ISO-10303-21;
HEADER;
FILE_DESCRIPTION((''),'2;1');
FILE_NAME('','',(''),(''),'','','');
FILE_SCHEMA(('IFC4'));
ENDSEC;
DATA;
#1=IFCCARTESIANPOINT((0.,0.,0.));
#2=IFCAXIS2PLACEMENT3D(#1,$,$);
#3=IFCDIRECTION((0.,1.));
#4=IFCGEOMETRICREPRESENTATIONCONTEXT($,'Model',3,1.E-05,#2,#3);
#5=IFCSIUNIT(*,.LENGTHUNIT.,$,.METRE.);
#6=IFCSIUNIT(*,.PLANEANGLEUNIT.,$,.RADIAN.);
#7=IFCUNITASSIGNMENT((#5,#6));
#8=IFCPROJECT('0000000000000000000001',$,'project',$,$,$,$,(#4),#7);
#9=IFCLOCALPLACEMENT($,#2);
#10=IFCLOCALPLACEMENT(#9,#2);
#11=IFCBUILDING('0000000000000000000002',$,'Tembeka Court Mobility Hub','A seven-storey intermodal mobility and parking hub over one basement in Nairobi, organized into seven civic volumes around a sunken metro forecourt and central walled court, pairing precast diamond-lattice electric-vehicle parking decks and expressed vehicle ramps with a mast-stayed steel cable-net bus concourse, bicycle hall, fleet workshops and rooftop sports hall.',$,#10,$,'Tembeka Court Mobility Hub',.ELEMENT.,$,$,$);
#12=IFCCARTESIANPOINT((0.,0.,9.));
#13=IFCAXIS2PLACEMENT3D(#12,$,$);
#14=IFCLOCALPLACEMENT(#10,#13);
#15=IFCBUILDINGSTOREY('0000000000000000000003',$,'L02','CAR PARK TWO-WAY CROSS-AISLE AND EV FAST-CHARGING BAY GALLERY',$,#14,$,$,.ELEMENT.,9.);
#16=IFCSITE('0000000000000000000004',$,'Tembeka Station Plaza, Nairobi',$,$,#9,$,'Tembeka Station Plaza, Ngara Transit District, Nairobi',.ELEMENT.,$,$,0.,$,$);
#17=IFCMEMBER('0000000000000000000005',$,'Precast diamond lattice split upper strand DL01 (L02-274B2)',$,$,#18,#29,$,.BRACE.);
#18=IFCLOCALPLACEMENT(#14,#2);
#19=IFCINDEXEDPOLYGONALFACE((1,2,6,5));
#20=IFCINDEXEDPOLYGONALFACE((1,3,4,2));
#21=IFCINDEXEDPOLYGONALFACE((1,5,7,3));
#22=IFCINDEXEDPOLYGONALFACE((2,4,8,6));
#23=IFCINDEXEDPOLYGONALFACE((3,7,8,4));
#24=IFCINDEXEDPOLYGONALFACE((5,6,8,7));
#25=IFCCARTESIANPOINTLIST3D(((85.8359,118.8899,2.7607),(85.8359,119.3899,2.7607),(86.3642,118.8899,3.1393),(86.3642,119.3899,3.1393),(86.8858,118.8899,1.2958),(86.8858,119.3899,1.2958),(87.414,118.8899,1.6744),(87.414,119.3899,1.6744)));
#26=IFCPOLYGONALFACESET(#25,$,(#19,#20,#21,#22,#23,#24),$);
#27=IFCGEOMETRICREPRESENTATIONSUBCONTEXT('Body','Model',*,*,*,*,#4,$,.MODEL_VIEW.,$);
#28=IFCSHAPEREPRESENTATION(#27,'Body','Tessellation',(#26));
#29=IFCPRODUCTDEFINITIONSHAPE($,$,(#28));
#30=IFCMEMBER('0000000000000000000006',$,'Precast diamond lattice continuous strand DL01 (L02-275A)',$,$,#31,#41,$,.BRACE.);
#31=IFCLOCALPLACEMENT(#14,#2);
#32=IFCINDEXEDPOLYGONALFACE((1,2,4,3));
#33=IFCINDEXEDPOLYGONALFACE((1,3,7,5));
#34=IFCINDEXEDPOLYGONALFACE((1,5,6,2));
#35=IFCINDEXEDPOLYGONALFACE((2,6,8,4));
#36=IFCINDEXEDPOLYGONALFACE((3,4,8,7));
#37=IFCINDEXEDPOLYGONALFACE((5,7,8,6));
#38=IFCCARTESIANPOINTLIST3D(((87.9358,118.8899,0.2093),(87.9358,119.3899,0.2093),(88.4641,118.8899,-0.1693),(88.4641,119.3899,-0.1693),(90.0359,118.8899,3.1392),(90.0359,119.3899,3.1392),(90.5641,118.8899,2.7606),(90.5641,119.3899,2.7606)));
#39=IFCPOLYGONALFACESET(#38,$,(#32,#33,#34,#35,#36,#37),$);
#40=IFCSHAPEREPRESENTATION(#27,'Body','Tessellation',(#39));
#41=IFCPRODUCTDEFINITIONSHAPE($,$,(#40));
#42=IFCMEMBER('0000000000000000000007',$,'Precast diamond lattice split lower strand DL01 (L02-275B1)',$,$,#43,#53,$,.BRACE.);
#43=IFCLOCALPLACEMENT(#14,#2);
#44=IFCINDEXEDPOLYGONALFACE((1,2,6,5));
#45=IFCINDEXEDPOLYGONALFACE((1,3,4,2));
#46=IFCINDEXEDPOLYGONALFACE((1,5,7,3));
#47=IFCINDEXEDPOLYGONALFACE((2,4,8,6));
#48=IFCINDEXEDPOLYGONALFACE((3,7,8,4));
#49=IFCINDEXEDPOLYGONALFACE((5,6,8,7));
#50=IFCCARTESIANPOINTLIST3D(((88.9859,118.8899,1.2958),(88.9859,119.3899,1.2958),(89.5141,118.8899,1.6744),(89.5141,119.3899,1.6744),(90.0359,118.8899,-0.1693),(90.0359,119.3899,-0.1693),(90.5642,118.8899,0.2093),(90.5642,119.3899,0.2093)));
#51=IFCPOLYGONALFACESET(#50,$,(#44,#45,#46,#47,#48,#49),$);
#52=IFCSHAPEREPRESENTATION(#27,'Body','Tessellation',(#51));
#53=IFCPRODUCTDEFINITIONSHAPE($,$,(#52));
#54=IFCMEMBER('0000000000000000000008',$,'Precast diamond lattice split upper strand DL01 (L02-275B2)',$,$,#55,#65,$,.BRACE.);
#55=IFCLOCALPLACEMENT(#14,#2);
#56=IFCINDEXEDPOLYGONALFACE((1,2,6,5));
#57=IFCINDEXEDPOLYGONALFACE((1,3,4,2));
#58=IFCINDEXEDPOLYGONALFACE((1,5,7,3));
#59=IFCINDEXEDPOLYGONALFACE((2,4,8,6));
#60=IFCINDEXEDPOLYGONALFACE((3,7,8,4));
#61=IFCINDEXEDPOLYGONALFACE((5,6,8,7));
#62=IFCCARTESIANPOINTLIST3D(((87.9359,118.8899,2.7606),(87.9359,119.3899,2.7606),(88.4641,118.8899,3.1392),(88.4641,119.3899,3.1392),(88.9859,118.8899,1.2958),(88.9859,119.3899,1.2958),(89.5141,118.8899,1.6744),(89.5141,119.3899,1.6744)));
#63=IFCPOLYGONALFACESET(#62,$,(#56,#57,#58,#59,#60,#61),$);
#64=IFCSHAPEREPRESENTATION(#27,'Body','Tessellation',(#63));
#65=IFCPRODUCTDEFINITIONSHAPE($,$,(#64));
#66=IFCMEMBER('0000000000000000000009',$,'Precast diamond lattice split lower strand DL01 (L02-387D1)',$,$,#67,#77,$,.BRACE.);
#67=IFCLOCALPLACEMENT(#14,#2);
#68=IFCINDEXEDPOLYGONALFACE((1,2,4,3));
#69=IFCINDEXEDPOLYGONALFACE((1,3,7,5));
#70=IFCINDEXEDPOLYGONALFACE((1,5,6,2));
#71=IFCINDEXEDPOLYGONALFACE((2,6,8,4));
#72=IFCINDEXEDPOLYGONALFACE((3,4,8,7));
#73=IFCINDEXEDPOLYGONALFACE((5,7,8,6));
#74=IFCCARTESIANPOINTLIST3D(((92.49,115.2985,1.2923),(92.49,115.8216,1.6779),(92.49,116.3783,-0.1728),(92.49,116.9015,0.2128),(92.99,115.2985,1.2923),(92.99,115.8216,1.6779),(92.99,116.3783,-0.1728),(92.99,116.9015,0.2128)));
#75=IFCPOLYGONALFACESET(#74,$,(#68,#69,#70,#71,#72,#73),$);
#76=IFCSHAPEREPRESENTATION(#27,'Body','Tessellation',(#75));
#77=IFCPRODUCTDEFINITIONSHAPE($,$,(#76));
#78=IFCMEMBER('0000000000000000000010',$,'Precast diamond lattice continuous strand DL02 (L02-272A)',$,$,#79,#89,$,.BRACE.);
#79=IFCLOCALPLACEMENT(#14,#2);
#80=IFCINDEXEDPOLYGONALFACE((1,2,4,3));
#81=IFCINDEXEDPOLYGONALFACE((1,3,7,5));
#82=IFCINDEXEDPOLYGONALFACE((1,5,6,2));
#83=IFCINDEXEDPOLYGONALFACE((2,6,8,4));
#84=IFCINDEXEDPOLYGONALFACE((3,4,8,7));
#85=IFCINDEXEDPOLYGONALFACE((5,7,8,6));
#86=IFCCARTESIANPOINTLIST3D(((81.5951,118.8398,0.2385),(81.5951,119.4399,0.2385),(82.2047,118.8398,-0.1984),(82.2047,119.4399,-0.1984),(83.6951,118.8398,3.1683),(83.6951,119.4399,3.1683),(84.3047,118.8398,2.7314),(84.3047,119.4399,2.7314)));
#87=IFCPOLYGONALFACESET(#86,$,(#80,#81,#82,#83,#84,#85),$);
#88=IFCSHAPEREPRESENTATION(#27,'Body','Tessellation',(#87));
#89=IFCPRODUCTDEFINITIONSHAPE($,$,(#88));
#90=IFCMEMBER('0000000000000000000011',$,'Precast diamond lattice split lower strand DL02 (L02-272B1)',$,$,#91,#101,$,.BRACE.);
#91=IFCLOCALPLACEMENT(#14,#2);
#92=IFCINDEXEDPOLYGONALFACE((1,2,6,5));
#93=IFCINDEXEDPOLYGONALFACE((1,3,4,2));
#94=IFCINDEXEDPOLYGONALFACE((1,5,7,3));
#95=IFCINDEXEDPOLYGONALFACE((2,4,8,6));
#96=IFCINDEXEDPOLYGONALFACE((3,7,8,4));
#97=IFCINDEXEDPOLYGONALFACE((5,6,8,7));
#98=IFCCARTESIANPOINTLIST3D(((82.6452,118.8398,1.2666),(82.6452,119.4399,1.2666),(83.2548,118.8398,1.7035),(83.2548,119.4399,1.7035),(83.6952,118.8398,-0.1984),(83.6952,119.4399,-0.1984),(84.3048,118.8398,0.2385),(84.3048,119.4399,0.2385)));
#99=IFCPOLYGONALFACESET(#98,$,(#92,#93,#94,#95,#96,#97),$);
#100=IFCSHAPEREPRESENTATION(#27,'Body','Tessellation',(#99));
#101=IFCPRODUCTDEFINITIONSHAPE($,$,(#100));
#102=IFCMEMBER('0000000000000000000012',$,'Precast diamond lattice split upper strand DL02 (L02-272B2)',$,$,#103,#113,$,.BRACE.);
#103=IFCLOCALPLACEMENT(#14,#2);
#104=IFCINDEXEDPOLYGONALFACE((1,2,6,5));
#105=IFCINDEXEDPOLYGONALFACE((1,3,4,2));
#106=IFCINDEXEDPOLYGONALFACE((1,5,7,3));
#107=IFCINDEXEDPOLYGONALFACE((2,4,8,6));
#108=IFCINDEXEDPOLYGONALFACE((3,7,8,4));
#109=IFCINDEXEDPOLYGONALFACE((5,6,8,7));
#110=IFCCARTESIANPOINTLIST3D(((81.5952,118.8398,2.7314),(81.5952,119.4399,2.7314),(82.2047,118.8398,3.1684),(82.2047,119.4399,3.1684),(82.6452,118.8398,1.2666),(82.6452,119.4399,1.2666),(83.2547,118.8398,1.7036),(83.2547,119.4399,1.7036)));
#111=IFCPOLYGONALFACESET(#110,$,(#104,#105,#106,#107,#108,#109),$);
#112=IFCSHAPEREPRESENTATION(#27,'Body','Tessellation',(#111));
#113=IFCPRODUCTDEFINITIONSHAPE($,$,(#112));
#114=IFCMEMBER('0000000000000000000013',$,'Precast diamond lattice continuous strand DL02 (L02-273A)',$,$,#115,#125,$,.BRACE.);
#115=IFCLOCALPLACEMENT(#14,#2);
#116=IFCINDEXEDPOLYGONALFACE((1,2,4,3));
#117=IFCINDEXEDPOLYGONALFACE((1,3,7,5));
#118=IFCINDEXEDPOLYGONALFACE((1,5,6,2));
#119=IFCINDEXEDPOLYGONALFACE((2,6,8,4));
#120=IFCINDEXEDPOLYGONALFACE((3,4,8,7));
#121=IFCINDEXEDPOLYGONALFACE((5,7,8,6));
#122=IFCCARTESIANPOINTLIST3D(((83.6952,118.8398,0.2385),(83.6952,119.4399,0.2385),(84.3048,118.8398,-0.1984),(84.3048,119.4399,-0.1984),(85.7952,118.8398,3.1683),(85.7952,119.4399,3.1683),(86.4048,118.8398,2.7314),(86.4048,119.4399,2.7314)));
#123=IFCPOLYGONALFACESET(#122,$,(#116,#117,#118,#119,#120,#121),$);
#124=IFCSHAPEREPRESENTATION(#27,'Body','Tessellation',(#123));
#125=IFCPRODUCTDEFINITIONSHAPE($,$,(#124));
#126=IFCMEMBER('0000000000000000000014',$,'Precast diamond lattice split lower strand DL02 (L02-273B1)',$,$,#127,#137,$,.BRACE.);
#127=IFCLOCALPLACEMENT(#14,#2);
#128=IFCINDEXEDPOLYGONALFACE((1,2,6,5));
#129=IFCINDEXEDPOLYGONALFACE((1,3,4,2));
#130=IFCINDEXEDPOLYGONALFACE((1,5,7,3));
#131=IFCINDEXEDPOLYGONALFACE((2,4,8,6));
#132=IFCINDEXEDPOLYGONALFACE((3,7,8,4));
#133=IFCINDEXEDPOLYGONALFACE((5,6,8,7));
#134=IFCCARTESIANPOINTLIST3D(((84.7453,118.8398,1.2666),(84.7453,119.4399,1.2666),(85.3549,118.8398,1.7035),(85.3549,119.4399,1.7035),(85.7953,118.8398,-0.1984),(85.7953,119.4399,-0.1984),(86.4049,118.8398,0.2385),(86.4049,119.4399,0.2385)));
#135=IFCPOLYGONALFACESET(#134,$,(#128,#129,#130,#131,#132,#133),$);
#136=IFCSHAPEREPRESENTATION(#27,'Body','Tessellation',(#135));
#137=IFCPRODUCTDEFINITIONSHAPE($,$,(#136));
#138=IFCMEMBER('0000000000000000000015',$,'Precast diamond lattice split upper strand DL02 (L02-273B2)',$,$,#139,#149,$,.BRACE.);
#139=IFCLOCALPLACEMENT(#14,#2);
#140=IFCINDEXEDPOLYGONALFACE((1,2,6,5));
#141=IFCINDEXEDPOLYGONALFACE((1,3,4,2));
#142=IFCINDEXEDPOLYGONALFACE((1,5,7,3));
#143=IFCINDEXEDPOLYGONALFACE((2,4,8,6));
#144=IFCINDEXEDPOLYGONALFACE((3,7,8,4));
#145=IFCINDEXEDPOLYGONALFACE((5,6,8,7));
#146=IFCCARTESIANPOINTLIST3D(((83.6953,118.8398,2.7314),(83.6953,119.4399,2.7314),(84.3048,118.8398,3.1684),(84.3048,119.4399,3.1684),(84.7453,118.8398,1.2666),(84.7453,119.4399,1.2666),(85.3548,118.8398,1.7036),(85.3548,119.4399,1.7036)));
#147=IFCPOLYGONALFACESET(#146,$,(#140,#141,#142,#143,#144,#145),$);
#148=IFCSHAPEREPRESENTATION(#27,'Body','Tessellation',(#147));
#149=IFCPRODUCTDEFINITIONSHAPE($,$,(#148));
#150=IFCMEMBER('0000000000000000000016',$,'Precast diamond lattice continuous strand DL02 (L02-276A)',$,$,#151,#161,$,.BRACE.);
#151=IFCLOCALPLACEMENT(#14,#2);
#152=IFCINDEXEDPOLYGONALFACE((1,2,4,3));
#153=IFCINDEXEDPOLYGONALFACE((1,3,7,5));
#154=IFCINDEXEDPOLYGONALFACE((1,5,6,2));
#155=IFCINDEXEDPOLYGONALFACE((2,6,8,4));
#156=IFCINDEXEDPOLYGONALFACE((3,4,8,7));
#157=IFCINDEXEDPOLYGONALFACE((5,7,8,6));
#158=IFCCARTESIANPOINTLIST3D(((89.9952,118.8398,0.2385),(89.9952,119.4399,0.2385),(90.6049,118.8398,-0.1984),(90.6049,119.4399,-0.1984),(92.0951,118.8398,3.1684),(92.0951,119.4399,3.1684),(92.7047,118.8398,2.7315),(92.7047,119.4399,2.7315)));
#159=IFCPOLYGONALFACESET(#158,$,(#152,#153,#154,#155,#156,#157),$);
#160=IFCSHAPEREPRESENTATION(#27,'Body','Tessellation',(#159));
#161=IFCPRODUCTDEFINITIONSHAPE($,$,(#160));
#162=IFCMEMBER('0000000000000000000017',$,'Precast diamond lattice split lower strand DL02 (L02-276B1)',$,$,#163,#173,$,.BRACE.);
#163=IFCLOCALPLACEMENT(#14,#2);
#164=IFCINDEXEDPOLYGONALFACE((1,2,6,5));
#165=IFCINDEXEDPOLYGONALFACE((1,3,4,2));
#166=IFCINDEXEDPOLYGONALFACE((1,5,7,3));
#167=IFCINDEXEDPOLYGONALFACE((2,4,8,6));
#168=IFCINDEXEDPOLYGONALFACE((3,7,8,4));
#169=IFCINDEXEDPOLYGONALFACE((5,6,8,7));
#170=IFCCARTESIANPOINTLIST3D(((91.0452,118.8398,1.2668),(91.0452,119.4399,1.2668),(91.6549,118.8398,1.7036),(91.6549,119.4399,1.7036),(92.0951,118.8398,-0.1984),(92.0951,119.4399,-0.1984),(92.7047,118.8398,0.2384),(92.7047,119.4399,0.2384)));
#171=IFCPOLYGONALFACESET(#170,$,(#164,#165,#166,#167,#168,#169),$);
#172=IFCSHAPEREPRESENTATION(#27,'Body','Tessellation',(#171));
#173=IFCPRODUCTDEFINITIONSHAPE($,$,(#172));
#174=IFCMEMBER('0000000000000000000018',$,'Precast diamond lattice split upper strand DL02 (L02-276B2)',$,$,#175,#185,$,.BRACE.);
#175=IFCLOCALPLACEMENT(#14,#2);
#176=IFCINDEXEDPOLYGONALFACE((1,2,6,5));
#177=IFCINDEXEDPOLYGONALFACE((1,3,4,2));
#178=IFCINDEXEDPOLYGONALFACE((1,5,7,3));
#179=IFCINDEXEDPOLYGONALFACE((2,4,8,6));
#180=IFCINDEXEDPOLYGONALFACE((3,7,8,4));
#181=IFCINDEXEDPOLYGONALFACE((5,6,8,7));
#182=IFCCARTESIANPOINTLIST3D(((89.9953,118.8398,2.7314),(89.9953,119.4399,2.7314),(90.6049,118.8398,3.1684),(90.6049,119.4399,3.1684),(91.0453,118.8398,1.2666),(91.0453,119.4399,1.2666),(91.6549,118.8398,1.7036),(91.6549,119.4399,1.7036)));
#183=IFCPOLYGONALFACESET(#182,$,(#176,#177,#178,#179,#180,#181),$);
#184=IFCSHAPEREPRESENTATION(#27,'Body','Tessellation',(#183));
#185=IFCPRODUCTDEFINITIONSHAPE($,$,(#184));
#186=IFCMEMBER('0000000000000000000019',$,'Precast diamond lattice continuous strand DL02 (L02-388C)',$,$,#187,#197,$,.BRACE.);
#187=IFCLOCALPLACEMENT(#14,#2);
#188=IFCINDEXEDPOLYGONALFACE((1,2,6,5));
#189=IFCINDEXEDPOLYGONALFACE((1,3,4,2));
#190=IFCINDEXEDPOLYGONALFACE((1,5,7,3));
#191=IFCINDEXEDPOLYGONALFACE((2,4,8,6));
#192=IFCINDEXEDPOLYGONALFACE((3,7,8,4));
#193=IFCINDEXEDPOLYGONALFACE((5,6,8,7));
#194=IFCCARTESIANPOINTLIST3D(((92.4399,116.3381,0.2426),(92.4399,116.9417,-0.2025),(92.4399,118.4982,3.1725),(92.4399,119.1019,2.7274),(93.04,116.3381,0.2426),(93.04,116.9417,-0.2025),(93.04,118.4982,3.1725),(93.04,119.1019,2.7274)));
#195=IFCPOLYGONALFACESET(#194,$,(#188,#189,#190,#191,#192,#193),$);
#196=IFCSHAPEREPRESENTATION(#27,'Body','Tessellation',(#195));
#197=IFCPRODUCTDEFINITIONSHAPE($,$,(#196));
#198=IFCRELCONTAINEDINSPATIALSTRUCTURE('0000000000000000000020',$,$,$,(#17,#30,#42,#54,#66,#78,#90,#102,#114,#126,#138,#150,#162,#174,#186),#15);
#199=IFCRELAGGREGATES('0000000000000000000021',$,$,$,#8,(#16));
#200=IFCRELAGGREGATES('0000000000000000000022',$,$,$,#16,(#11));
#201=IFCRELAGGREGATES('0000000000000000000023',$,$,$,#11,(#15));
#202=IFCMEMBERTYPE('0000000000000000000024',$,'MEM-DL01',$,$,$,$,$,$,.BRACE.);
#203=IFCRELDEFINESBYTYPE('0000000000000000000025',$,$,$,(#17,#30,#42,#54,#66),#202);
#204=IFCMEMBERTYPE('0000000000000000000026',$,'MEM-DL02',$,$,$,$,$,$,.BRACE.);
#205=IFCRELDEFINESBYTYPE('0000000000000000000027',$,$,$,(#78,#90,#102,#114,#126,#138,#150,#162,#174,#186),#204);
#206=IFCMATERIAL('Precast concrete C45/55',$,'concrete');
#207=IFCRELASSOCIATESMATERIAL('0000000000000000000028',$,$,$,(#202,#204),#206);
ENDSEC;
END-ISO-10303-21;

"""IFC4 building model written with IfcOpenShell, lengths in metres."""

from ifc_helpers import new_model, si_unit, direction, frame, origin, origin_2d, place, context, subcontext, project, spatial, rectangle, extrude, material, material_profile, profile_set, type_object, element, save


model = new_model("IFC4")

# Units and contexts
model_context = context("Model", 3, precision=1e-05, world=origin(), true_north=direction((0.0, 1.0)))
body_context = subcontext(model_context, "Body", "Model", "MODEL_VIEW")
ifc_project = project(units=[si_unit("LENGTHUNIT", "METRE"), si_unit("PLANEANGLEUNIT", "RADIAN")], contexts=[model_context])

# Site, building, storey
site_placement = place(None, origin())
site = spatial("IfcSite", under=ifc_project, at=site_placement, Name="Tembeka Station Plaza, Nairobi", LongName="Tembeka Station Plaza, Ngara Transit District, Nairobi", CompositionType="ELEMENT", RefElevation=0.0)
building_placement = place(site_placement, origin())
building = spatial("IfcBuilding", under=site, at=building_placement, Name="Tembeka Court Mobility Hub", Description="A seven-storey intermodal mobility and parking hub over one basement in Nairobi, organized into seven civic volumes around a sunken metro forecourt and central walled court, pairing precast diamond-lattice electric-vehicle parking decks and expressed vehicle ramps with a mast-stayed steel cable-net bus concourse, bicycle hall, fleet workshops and rooftop sports hall.", LongName="Tembeka Court Mobility Hub", CompositionType="ELEMENT")
storey_placement = place(building_placement, frame((0.0, 0.0, 9.0)))
storey = spatial("IfcBuildingStorey", under=building, at=storey_placement, Name="L02", Description="CAR PARK TWO-WAY CROSS-AISLE AND EV FAST-CHARGING BAY GALLERY", CompositionType="ELEMENT", Elevation=9.0)

# Shared definitions
ifc_material_1 = material(Name="Precast concrete C45/55", Category="concrete")

# Members
ifc_material_profile_1 = material_profile(ifc_material_1, rectangle(XDim=0.5, YDim=0.6499, at=origin_2d()), Name="PC-DIAG 500x650")
ifc_profile_set_1 = profile_set([ifc_material_profile_1], Name="Precast concrete C45/55")
member_type_1 = type_object("IfcMemberType", Name="MEM-DL01", PredefinedType="BRACE", material=ifc_profile_set_1)
member_1_placement = place(storey_placement, frame((87.1499, 119.1399, 1.4851), z_axis=(-0.582519, 0.0, 0.812817), x_axis=(0.0, -1.0, 0.0)))
element("IfcMember", 1, at=member_1_placement, inside=storey, type_object=member_type_1, Name="Precast diamond lattice split upper strand DL01 (L02-274B2)", PredefinedType="BRACE", context=body_context, shape_type="SweptSolid", body=[
    extrude(rectangle(XDim=0.5, YDim=0.6499, at=origin_2d()), origin(), (0.0, 0.0, 1.0), 1.8022),
])
member_2_placement = place(storey_placement, frame((88.2, 119.1399, 0.02), z_axis=(0.582576, 0.0, 0.812776), x_axis=(0.0, 1.0, 0.0)))
element("IfcMember", 2, at=member_2_placement, inside=storey, type_object=member_type_1, Name="Precast diamond lattice continuous strand DL01 (L02-275A)", PredefinedType="BRACE", context=body_context, shape_type="SweptSolid", body=[
    extrude(rectangle(XDim=0.5, YDim=0.6499, at=origin_2d()), origin(), (0.0, 0.0, 1.0), 3.6047),
])
member_3_placement = place(storey_placement, frame((90.3, 119.1399, 0.02), z_axis=(-0.582544, 0.0, 0.812799), x_axis=(0.0, -1.0, 0.0)))
element("IfcMember", 3, at=member_3_placement, inside=storey, type_object=member_type_1, Name="Precast diamond lattice split lower strand DL01 (L02-275B1)", PredefinedType="BRACE", context=body_context, shape_type="SweptSolid", body=[
    extrude(rectangle(XDim=0.5, YDim=0.6499, at=origin_2d()), origin(), (0.0, 0.0, 1.0), 1.8025),
])
member_4_placement = place(storey_placement, frame((89.25, 119.1399, 1.4851), z_axis=(-0.582608, 0.0, 0.812753), x_axis=(0.0, -1.0, 0.0)))
element("IfcMember", 4, at=member_4_placement, inside=storey, type_object=member_type_1, Name="Precast diamond lattice split upper strand DL01 (L02-275B2)", PredefinedType="BRACE", context=body_context, shape_type="SweptSolid", body=[
    extrude(rectangle(XDim=0.5, YDim=0.6499, at=origin_2d()), origin(), (0.0, 0.0, 1.0), 1.8022),
])
member_5_placement = place(storey_placement, frame((92.74, 116.6399, 0.02), z_axis=(0.0, -0.593304, 0.804978), x_axis=(1.0, 0.0, 0.0)))
element("IfcMember", 5, at=member_5_placement, inside=storey, type_object=member_type_1, Name="Precast diamond lattice split lower strand DL01 (L02-387D1)", PredefinedType="BRACE", context=body_context, shape_type="SweptSolid", body=[
    extrude(rectangle(XDim=0.5, YDim=0.6499, at=origin_2d()), origin(), (0.0, 0.0, 1.0), 1.8201),
])
ifc_material_profile_2 = material_profile(ifc_material_1, rectangle(XDim=0.6001, YDim=0.75, at=origin_2d()), Name="PC-DIAG 600x750")
ifc_profile_set_2 = profile_set([ifc_material_profile_2], Name="Precast concrete C45/55")
member_type_2 = type_object("IfcMemberType", Name="MEM-DL02", PredefinedType="BRACE", material=ifc_profile_set_2)
member_6_placement = place(storey_placement, frame((81.8999, 119.1399, 0.02), z_axis=(0.582576, 0.0, 0.812776), x_axis=(0.0, 1.0, 0.0)))
element("IfcMember", 6, at=member_6_placement, inside=storey, type_object=member_type_2, Name="Precast diamond lattice continuous strand DL02 (L02-272A)", PredefinedType="BRACE", context=body_context, shape_type="SweptSolid", body=[
    extrude(rectangle(XDim=0.6001, YDim=0.75, at=origin_2d()), origin(), (0.0, 0.0, 1.0), 3.6047),
])
member_7_placement = place(storey_placement, frame((84.0, 119.1399, 0.02), z_axis=(-0.582544, 0.0, 0.812799), x_axis=(0.0, -1.0, 0.0)))
element("IfcMember", 7, at=member_7_placement, inside=storey, type_object=member_type_2, Name="Precast diamond lattice split lower strand DL02 (L02-272B1)", PredefinedType="BRACE", context=body_context, shape_type="SweptSolid", body=[
    extrude(rectangle(XDim=0.6001, YDim=0.75, at=origin_2d()), origin(), (0.0, 0.0, 1.0), 1.8025),
])
member_8_placement = place(storey_placement, frame((82.95, 119.1399, 1.4851), z_axis=(-0.582608, 0.0, 0.812753), x_axis=(0.0, -1.0, 0.0)))
element("IfcMember", 8, at=member_8_placement, inside=storey, type_object=member_type_2, Name="Precast diamond lattice split upper strand DL02 (L02-272B2)", PredefinedType="BRACE", context=body_context, shape_type="SweptSolid", body=[
    extrude(rectangle(XDim=0.6001, YDim=0.75, at=origin_2d()), origin(), (0.0, 0.0, 1.0), 1.8022),
])
member_9_placement = place(storey_placement, frame((84.0, 119.1399, 0.02), z_axis=(0.582576, 0.0, 0.812776), x_axis=(0.0, 1.0, 0.0)))
element("IfcMember", 9, at=member_9_placement, inside=storey, type_object=member_type_2, Name="Precast diamond lattice continuous strand DL02 (L02-273A)", PredefinedType="BRACE", context=body_context, shape_type="SweptSolid", body=[
    extrude(rectangle(XDim=0.6001, YDim=0.75, at=origin_2d()), origin(), (0.0, 0.0, 1.0), 3.6047),
])
member_10_placement = place(storey_placement, frame((86.1001, 119.1399, 0.02), z_axis=(-0.582544, 0.0, 0.812799), x_axis=(0.0, -1.0, 0.0)))
element("IfcMember", 10, at=member_10_placement, inside=storey, type_object=member_type_2, Name="Precast diamond lattice split lower strand DL02 (L02-273B1)", PredefinedType="BRACE", context=body_context, shape_type="SweptSolid", body=[
    extrude(rectangle(XDim=0.6001, YDim=0.75, at=origin_2d()), origin(), (0.0, 0.0, 1.0), 1.8025),
])
member_11_placement = place(storey_placement, frame((85.05, 119.1399, 1.4851), z_axis=(-0.582608, 0.0, 0.812753), x_axis=(0.0, -1.0, 0.0)))
element("IfcMember", 11, at=member_11_placement, inside=storey, type_object=member_type_2, Name="Precast diamond lattice split upper strand DL02 (L02-273B2)", PredefinedType="BRACE", context=body_context, shape_type="SweptSolid", body=[
    extrude(rectangle(XDim=0.6001, YDim=0.75, at=origin_2d()), origin(), (0.0, 0.0, 1.0), 1.8022),
])
member_12_placement = place(storey_placement, frame((90.3, 119.1399, 0.02), z_axis=(0.582532, 0.0, 0.812808), x_axis=(0.0, 1.0, 0.0)))
element("IfcMember", 12, at=member_12_placement, inside=storey, type_object=member_type_2, Name="Precast diamond lattice continuous strand DL02 (L02-276A)", PredefinedType="BRACE", context=body_context, shape_type="SweptSolid", body=[
    extrude(rectangle(XDim=0.6001, YDim=0.75, at=origin_2d()), origin(), (0.0, 0.0, 1.0), 3.6047),
])
member_13_placement = place(storey_placement, frame((92.3999, 119.1399, 0.02), z_axis=(-0.582455, 0.0, 0.812863), x_axis=(0.0, -1.0, 0.0)))
element("IfcMember", 13, at=member_13_placement, inside=storey, type_object=member_type_2, Name="Precast diamond lattice split lower strand DL02 (L02-276B1)", PredefinedType="BRACE", context=body_context, shape_type="SweptSolid", body=[
    extrude(rectangle(XDim=0.6001, YDim=0.75, at=origin_2d()), origin(), (0.0, 0.0, 1.0), 1.8025),
])
member_14_placement = place(storey_placement, frame((91.3501, 119.1399, 1.4851), z_axis=(-0.582608, 0.0, 0.812753), x_axis=(0.0, -1.0, 0.0)))
element("IfcMember", 14, at=member_14_placement, inside=storey, type_object=member_type_2, Name="Precast diamond lattice split upper strand DL02 (L02-276B2)", PredefinedType="BRACE", context=body_context, shape_type="SweptSolid", body=[
    extrude(rectangle(XDim=0.6001, YDim=0.75, at=origin_2d()), origin(), (0.0, 0.0, 1.0), 1.8022),
])
member_15_placement = place(storey_placement, frame((92.74, 116.6399, 0.02), z_axis=(0.0, 0.593423, 0.804891), x_axis=(-1.0, 0.0, 0.0)))
element("IfcMember", 15, at=member_15_placement, inside=storey, type_object=member_type_2, Name="Precast diamond lattice continuous strand DL02 (L02-388C)", PredefinedType="BRACE", context=body_context, shape_type="SweptSolid", body=[
    extrude(rectangle(XDim=0.6001, YDim=0.75, at=origin_2d()), origin(), (0.0, 0.0, 1.0), 3.6401),
])

save(model, "model.ifc")
